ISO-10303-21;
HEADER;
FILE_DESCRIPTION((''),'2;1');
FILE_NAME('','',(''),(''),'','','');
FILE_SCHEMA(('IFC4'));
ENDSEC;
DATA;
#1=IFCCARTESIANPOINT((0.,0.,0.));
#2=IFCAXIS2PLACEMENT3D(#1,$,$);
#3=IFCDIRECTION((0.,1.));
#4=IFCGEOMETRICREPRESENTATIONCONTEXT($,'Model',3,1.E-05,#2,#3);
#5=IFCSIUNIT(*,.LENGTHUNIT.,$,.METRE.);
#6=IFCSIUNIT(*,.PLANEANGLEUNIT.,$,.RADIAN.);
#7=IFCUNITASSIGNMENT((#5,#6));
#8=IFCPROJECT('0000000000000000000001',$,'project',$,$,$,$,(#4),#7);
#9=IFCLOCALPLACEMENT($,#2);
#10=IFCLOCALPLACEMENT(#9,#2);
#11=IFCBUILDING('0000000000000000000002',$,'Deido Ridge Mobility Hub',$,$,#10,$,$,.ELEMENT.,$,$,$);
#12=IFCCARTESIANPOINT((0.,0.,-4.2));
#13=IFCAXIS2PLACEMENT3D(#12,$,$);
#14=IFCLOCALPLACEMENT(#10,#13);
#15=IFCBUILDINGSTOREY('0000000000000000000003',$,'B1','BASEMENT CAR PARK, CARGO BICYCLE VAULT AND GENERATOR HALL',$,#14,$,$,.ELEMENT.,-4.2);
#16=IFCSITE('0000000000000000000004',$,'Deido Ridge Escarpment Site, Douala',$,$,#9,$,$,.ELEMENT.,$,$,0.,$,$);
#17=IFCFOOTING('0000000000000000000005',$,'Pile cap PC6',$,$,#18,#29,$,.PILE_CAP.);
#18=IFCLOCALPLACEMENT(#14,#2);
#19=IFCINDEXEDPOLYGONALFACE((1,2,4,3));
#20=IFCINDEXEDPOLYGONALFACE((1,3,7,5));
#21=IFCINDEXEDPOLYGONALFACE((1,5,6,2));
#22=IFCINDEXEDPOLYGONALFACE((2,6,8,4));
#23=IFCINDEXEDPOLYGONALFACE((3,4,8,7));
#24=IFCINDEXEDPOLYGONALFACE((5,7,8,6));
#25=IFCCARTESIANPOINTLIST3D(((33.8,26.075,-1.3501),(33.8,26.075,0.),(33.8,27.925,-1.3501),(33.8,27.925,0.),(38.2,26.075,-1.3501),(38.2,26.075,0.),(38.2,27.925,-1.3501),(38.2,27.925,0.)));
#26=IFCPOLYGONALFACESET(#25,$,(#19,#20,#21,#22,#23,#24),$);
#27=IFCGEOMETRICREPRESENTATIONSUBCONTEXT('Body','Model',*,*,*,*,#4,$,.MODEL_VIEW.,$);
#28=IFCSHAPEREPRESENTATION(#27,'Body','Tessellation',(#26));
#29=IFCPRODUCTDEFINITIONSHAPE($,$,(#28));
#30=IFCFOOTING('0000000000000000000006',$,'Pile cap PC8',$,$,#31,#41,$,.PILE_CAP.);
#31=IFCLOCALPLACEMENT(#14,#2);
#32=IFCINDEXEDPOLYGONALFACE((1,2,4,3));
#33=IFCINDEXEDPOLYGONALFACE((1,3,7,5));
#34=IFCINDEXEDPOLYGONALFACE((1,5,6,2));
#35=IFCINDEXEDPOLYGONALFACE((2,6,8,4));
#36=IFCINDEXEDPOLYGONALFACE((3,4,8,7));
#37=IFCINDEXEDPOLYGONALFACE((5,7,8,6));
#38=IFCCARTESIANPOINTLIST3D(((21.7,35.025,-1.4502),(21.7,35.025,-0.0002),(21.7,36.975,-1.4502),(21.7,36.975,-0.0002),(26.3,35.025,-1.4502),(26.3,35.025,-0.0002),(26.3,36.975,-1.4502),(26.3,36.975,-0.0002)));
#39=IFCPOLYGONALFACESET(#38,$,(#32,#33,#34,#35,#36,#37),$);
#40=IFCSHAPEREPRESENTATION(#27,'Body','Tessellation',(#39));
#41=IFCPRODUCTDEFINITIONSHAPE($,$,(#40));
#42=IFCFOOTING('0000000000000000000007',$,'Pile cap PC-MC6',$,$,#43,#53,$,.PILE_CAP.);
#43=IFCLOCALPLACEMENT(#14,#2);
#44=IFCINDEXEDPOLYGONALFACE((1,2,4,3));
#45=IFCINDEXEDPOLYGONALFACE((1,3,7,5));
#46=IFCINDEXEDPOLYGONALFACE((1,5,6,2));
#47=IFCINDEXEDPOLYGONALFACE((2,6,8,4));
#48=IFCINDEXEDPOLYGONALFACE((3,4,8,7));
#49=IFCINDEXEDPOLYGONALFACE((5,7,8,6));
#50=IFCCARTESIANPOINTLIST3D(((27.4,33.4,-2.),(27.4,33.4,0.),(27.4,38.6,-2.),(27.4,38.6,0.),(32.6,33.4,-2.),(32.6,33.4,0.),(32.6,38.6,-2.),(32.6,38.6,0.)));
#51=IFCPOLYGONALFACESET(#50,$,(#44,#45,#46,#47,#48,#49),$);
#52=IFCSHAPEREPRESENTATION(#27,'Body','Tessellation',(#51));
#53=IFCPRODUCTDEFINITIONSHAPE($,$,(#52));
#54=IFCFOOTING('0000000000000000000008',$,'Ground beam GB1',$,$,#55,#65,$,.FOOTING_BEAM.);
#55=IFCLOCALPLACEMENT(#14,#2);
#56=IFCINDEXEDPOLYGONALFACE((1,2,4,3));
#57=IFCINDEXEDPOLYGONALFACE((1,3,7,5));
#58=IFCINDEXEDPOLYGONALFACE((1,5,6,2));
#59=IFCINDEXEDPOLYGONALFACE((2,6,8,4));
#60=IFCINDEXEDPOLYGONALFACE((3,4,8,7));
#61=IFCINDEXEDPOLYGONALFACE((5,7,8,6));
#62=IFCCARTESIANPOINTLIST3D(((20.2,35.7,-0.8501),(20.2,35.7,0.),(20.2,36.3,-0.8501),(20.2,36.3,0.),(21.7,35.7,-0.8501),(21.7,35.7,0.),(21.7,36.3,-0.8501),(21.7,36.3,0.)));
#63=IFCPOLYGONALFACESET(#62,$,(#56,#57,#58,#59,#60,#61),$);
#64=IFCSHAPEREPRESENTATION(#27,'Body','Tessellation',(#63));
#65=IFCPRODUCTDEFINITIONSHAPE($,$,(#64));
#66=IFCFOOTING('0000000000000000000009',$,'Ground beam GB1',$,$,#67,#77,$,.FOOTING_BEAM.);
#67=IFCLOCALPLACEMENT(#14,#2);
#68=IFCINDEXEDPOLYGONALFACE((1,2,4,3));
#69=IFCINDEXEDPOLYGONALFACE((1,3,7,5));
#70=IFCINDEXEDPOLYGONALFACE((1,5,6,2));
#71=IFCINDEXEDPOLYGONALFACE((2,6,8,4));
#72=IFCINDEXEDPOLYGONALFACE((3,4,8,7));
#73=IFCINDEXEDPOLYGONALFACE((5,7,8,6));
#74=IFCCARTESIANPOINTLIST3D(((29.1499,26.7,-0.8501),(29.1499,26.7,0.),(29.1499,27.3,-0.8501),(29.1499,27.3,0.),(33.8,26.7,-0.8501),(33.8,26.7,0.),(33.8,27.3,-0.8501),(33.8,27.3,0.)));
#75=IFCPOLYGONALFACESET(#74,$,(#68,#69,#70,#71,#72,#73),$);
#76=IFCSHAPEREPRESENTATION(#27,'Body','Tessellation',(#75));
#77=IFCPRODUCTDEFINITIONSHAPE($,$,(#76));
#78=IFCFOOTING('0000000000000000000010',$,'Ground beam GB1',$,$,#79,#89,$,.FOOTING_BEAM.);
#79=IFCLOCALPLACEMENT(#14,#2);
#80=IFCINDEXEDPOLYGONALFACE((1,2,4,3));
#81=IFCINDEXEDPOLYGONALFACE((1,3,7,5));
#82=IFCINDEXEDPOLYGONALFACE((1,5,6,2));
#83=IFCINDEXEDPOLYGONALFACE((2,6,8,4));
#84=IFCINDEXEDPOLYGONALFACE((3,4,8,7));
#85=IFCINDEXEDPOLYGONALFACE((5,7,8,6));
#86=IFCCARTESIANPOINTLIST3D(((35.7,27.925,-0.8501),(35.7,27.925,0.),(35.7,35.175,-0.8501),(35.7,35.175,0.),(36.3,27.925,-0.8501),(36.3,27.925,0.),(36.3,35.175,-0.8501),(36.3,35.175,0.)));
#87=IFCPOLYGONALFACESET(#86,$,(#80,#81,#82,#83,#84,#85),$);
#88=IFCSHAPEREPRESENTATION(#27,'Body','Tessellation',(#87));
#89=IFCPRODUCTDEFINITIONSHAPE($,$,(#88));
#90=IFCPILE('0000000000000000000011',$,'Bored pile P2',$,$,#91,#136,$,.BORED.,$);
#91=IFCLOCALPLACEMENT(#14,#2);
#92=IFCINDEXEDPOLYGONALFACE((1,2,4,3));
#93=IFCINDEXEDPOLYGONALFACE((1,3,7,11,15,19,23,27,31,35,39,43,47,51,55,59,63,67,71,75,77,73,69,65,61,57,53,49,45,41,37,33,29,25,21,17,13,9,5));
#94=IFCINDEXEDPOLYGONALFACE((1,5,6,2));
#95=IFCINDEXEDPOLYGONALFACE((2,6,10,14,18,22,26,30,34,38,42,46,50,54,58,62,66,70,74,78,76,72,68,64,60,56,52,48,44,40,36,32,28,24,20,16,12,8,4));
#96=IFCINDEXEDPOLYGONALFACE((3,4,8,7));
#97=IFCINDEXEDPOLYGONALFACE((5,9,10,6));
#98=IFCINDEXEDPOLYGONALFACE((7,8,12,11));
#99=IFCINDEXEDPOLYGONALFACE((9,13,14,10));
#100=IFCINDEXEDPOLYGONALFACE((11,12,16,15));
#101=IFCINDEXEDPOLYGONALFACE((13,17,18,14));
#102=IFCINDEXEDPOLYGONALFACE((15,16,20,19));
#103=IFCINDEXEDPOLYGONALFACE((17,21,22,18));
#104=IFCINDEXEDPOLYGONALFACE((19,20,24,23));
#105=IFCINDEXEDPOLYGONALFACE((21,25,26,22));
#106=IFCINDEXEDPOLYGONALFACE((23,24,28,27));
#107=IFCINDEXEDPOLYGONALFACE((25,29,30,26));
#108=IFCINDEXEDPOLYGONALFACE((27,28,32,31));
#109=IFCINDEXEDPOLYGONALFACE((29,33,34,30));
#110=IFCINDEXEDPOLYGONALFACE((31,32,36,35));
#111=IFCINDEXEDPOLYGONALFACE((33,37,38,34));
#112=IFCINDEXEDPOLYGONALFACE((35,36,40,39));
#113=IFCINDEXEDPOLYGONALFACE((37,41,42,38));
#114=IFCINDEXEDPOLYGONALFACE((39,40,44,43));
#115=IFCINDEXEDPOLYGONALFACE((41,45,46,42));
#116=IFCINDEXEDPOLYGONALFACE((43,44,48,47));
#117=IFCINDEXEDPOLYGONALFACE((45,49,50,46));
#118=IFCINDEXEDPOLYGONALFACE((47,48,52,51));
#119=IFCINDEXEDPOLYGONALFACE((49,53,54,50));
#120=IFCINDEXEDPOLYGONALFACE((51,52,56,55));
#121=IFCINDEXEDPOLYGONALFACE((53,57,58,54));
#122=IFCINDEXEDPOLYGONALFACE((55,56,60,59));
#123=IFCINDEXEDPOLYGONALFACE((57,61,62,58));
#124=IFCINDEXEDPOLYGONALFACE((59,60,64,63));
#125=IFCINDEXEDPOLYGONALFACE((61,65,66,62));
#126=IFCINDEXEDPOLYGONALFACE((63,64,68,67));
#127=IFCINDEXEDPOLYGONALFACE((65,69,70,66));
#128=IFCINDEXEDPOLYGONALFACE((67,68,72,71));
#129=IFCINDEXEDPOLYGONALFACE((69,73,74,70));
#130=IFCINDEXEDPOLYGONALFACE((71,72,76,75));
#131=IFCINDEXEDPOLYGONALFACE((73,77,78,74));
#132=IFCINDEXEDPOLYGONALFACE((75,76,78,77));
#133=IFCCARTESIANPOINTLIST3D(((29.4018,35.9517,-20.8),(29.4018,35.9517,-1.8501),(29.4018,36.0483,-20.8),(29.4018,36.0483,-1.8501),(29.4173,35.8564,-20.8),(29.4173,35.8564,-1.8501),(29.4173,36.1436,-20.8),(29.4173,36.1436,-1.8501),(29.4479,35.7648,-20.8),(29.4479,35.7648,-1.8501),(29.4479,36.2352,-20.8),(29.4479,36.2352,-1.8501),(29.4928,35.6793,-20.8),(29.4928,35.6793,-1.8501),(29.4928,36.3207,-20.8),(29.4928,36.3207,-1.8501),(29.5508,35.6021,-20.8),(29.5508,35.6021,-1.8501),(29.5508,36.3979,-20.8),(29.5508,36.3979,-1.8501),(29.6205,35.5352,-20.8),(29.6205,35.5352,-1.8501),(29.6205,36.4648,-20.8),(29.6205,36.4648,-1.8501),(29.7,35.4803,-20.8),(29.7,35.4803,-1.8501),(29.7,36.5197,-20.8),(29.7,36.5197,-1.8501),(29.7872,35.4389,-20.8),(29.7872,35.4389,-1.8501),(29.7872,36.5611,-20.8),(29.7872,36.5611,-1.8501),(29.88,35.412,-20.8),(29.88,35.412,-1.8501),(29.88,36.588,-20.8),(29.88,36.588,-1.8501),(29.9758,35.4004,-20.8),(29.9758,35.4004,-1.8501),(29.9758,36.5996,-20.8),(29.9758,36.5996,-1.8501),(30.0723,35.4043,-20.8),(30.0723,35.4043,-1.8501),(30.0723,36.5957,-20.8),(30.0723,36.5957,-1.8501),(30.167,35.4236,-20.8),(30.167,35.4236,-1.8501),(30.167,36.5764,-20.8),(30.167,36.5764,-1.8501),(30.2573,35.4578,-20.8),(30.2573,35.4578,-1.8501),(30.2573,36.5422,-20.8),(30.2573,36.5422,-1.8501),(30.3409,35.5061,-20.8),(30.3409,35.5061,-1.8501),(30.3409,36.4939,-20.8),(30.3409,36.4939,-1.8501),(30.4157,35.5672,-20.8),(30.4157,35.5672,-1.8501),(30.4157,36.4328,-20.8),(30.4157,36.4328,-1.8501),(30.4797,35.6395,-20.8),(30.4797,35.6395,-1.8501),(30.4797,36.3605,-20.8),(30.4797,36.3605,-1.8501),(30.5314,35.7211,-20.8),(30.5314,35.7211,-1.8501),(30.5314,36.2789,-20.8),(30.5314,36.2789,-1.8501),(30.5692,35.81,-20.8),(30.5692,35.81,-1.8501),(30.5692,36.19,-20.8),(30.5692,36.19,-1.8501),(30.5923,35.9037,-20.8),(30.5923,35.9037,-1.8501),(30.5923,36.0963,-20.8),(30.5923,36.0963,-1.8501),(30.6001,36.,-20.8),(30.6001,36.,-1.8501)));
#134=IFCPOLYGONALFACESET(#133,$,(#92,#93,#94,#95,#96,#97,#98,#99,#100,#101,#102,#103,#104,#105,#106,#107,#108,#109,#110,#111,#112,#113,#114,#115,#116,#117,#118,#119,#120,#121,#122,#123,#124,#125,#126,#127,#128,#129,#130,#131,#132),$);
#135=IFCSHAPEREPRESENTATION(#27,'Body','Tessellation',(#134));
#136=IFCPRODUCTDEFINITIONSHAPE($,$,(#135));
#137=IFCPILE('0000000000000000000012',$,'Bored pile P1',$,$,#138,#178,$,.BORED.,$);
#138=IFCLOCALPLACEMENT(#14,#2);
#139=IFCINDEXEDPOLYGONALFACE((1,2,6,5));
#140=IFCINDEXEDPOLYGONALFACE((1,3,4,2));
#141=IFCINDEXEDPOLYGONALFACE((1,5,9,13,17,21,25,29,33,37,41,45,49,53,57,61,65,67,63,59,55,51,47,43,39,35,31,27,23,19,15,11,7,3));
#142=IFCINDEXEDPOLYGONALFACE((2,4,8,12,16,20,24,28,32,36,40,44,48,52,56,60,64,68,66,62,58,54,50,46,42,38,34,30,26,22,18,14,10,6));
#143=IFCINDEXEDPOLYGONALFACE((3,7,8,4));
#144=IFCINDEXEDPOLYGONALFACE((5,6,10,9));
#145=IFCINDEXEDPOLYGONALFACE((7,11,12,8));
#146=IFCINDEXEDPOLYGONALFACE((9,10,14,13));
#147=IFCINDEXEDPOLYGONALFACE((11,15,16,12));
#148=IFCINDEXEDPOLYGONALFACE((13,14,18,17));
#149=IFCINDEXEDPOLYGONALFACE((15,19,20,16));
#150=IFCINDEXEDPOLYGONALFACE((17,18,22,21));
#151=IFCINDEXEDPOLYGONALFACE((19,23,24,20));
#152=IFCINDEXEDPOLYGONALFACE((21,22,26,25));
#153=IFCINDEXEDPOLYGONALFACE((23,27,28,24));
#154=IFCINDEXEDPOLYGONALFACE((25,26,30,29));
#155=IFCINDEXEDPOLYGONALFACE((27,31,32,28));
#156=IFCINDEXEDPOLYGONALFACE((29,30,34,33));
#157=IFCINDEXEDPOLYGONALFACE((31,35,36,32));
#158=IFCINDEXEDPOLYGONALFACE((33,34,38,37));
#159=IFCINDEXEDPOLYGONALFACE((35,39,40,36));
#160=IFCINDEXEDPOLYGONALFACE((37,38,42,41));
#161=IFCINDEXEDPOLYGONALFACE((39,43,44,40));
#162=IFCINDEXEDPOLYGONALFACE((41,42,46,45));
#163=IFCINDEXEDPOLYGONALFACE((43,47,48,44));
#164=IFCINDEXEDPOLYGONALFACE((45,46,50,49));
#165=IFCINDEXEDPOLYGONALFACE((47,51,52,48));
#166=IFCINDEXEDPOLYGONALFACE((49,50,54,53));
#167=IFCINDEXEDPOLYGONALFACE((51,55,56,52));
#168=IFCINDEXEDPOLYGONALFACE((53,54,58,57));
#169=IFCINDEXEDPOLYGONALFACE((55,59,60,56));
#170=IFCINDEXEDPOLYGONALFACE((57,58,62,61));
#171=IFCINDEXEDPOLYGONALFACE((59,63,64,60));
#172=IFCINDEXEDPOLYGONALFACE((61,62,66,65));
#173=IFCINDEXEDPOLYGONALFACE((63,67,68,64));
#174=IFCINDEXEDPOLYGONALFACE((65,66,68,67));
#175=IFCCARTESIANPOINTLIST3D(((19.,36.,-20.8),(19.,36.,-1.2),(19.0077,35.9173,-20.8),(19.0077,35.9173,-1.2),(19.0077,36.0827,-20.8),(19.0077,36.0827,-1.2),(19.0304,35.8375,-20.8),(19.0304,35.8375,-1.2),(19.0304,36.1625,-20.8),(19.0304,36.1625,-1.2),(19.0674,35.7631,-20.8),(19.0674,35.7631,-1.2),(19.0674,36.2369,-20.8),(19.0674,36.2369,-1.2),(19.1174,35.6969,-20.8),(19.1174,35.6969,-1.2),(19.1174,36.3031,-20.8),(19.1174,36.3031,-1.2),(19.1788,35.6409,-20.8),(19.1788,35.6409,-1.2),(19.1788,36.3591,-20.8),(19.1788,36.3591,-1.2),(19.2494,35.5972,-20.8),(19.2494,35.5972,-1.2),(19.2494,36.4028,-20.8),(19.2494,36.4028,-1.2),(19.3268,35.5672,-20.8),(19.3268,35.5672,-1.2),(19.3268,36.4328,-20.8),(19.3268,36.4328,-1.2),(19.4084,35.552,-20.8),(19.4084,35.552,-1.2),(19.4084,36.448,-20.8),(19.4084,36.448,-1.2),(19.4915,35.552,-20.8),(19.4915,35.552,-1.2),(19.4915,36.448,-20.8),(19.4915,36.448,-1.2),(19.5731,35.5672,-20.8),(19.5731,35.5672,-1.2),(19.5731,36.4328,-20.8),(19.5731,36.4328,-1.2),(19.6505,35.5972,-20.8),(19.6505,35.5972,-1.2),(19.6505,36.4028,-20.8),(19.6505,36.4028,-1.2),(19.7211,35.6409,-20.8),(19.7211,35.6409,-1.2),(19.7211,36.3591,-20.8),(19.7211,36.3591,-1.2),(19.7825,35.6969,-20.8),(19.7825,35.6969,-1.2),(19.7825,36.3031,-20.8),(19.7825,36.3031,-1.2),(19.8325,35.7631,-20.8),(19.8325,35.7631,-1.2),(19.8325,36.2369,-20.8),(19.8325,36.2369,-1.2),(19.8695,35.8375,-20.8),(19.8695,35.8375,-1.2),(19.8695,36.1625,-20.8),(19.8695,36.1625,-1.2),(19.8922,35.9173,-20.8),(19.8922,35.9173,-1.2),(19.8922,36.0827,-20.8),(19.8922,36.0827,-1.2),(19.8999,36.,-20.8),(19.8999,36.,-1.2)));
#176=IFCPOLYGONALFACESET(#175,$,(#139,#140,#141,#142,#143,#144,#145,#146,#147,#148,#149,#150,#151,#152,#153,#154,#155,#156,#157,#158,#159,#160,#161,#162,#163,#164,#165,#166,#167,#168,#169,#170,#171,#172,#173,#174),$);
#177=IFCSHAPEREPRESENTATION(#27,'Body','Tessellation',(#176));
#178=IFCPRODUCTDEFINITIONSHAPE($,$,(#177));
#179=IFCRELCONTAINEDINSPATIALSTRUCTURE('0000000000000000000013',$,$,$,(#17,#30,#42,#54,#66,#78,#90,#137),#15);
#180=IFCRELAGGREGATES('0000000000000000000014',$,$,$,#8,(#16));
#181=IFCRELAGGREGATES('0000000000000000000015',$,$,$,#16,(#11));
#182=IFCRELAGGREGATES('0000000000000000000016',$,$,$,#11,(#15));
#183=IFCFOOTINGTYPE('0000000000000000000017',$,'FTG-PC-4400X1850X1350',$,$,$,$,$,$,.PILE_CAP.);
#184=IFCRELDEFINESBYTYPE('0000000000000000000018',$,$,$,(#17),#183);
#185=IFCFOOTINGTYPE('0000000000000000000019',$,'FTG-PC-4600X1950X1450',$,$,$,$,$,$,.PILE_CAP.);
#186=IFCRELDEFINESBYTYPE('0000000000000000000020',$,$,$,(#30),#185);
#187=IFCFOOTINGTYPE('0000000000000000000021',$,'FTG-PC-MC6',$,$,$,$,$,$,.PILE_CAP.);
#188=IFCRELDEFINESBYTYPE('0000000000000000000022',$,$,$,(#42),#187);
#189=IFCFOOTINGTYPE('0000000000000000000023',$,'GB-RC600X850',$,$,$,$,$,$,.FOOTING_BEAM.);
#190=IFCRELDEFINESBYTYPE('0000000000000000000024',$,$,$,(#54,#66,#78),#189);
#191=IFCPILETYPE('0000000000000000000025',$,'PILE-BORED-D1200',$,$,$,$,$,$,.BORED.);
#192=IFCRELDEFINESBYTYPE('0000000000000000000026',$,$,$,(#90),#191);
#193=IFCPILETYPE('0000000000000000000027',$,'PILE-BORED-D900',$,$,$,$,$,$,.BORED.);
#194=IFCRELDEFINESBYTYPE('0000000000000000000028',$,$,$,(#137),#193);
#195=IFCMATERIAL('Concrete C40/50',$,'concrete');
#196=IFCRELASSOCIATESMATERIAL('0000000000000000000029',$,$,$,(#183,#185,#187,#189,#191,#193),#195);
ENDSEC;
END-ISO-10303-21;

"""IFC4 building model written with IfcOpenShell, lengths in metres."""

from ifc_helpers import new_model, si_unit, direction, frame, origin, origin_2d, place, context, subcontext, project, spatial, rectangle, circle, extrude, material, material_profile, profile_set, type_object, element, save


model = new_model("IFC4")

# Units and contexts
model_context = context("Model", 3, precision=1e-05, world=origin(), true_north=direction((0.0, 1.0)))
body_context = subcontext(model_context, "Body", "Model", "MODEL_VIEW")
ifc_project = project(units=[si_unit("LENGTHUNIT", "METRE"), si_unit("PLANEANGLEUNIT", "RADIAN")], contexts=[model_context])

# Site, building, storey
site_placement = place(None, origin())
site = spatial("IfcSite", under=ifc_project, at=site_placement, Name="Deido Ridge Escarpment Site, Douala", CompositionType="ELEMENT", RefElevation=0.0)
building_placement = place(site_placement, origin())
building = spatial("IfcBuilding", under=site, at=building_placement, Name="Deido Ridge Mobility Hub", CompositionType="ELEMENT")
storey_placement = place(building_placement, frame((0.0, 0.0, -4.2)))
storey = spatial("IfcBuildingStorey", under=building, at=storey_placement, Name="B1", Description="BASEMENT CAR PARK, CARGO BICYCLE VAULT AND GENERATOR HALL", CompositionType="ELEMENT", Elevation=-4.2)

# Footings
ifc_material_1 = material(Name="Concrete C40/50", Category="concrete")
footing_type_1 = type_object("IfcFootingType", Name="FTG-PC-4400X1850X1350", PredefinedType="PILE_CAP", material=ifc_material_1)
footing_1_placement = place(storey_placement, frame((36.0, 27.0, -1.3501), z_axis=(0.0, 0.0, 1.0), x_axis=(1.0, 0.0, 0.0)))
element("IfcFooting", 1, at=footing_1_placement, inside=storey, type_object=footing_type_1, Name="Pile cap PC6", PredefinedType="PILE_CAP", context=body_context, shape_type="SweptSolid", body=[
    extrude(rectangle(XDim=4.3999, YDim=1.8501, at=origin_2d()), origin(), (0.0, 0.0, 1.0), 1.3501),
])
footing_type_2 = type_object("IfcFootingType", Name="FTG-PC-4600X1950X1450", PredefinedType="PILE_CAP", material=ifc_material_1)
footing_2_placement = place(storey_placement, frame((24.0, 36.0, -1.4502), z_axis=(0.0, 0.0, 1.0), x_axis=(1.0, 0.0, 0.0)))
element("IfcFooting", 2, at=footing_2_placement, inside=storey, type_object=footing_type_2, Name="Pile cap PC8", PredefinedType="PILE_CAP", context=body_context, shape_type="SweptSolid", body=[
    extrude(rectangle(XDim=4.6001, YDim=1.95, at=origin_2d()), origin(), (0.0, 0.0, 1.0), 1.45),
])
footing_type_3 = type_object("IfcFootingType", Name="FTG-PC-MC6", PredefinedType="PILE_CAP", material=ifc_material_1)
footing_3_placement = place(storey_placement, frame((30.0, 36.0, -2.0), z_axis=(0.0, 0.0, 1.0), x_axis=(1.0, 0.0, 0.0)))
element("IfcFooting", 3, at=footing_3_placement, inside=storey, type_object=footing_type_3, Name="Pile cap PC-MC6", PredefinedType="PILE_CAP", context=body_context, shape_type="SweptSolid", body=[
    extrude(rectangle(XDim=5.2, YDim=5.2, at=origin_2d()), origin(), (0.0, 0.0, 1.0), 2.0),
])
ifc_material_profile_1 = material_profile(ifc_material_1, rectangle(XDim=0.6001, YDim=0.8501, at=origin_2d()), Name="RC GB 600x850")
ifc_profile_set_1 = profile_set([ifc_material_profile_1], Name="Concrete C40/50")
footing_type_4 = type_object("IfcFootingType", Name="GB-RC600X850", PredefinedType="FOOTING_BEAM", material=ifc_profile_set_1)
footing_4_placement = place(storey_placement, frame((20.2, 36.0, -0.425), z_axis=(1.0, 0.0, 0.0), x_axis=(0.0, 1.0, 0.0)))
element("IfcFooting", 4, at=footing_4_placement, inside=storey, type_object=footing_type_4, Name="Ground beam GB1", PredefinedType="FOOTING_BEAM", context=body_context, shape_type="SweptSolid", body=[
    extrude(rectangle(XDim=0.6001, YDim=0.8501, at=origin_2d()), origin(), (0.0, 0.0, 1.0), 1.5),
])
footing_5_placement = place(storey_placement, frame((29.1499, 27.0, -0.425), z_axis=(1.0, 0.0, 0.0), x_axis=(0.0, 1.0, 0.0)))
element("IfcFooting", 5, at=footing_5_placement, inside=storey, type_object=footing_type_4, Name="Ground beam GB1", PredefinedType="FOOTING_BEAM", context=body_context, shape_type="SweptSolid", body=[
    extrude(rectangle(XDim=0.6001, YDim=0.8501, at=origin_2d()), origin(), (0.0, 0.0, 1.0), 4.6501),
])
footing_6_placement = place(storey_placement, frame((36.0, 27.925, -0.425), z_axis=(0.0, 1.0, 0.0), x_axis=(-1.0, 0.0, 0.0)))
element("IfcFooting", 6, at=footing_6_placement, inside=storey, type_object=footing_type_4, Name="Ground beam GB1", PredefinedType="FOOTING_BEAM", context=body_context, shape_type="SweptSolid", body=[
    extrude(rectangle(XDim=0.6001, YDim=0.8501, at=origin_2d()), origin(), (0.0, 0.0, 1.0), 7.25),
])

# Piles
ifc_material_profile_2 = material_profile(ifc_material_1, circle(Radius=0.6001, at=origin_2d()), Name="BORED PILE D1200")
ifc_profile_set_2 = profile_set([ifc_material_profile_2], Name="Concrete C40/50")
pile_type_1 = type_object("IfcPileType", Name="PILE-BORED-D1200", PredefinedType="BORED", material=ifc_profile_set_2)
pile_1_placement = place(storey_placement, frame((30.0, 36.0, -1.8501), z_axis=(0.0, 0.0, -1.0), x_axis=(1.0, 0.0, 0.0)))
element("IfcPile", 7, at=pile_1_placement, inside=storey, type_object=pile_type_1, Name="Bored pile P2", PredefinedType="BORED", context=body_context, shape_type="SweptSolid", body=[
    extrude(circle(Radius=0.6001, at=origin_2d()), origin(), (0.0, 0.0, 1.0), 18.95),
])
ifc_material_profile_3 = material_profile(ifc_material_1, circle(Radius=0.45, at=origin_2d()), Name="BORED PILE D900")
ifc_profile_set_3 = profile_set([ifc_material_profile_3], Name="Concrete C40/50")
pile_type_2 = type_object("IfcPileType", Name="PILE-BORED-D900", PredefinedType="BORED", material=ifc_profile_set_3)
pile_2_placement = place(storey_placement, frame((19.45, 36.0, -1.2), z_axis=(0.0, 0.0, -1.0), x_axis=(1.0, 0.0, 0.0)))
element("IfcPile", 8, at=pile_2_placement, inside=storey, type_object=pile_type_2, Name="Bored pile P1", PredefinedType="BORED", context=body_context, shape_type="SweptSolid", body=[
    extrude(circle(Radius=0.45, at=origin_2d()), origin(), (0.0, 0.0, 1.0), 19.6001),
])

save(model, "model.ifc")
